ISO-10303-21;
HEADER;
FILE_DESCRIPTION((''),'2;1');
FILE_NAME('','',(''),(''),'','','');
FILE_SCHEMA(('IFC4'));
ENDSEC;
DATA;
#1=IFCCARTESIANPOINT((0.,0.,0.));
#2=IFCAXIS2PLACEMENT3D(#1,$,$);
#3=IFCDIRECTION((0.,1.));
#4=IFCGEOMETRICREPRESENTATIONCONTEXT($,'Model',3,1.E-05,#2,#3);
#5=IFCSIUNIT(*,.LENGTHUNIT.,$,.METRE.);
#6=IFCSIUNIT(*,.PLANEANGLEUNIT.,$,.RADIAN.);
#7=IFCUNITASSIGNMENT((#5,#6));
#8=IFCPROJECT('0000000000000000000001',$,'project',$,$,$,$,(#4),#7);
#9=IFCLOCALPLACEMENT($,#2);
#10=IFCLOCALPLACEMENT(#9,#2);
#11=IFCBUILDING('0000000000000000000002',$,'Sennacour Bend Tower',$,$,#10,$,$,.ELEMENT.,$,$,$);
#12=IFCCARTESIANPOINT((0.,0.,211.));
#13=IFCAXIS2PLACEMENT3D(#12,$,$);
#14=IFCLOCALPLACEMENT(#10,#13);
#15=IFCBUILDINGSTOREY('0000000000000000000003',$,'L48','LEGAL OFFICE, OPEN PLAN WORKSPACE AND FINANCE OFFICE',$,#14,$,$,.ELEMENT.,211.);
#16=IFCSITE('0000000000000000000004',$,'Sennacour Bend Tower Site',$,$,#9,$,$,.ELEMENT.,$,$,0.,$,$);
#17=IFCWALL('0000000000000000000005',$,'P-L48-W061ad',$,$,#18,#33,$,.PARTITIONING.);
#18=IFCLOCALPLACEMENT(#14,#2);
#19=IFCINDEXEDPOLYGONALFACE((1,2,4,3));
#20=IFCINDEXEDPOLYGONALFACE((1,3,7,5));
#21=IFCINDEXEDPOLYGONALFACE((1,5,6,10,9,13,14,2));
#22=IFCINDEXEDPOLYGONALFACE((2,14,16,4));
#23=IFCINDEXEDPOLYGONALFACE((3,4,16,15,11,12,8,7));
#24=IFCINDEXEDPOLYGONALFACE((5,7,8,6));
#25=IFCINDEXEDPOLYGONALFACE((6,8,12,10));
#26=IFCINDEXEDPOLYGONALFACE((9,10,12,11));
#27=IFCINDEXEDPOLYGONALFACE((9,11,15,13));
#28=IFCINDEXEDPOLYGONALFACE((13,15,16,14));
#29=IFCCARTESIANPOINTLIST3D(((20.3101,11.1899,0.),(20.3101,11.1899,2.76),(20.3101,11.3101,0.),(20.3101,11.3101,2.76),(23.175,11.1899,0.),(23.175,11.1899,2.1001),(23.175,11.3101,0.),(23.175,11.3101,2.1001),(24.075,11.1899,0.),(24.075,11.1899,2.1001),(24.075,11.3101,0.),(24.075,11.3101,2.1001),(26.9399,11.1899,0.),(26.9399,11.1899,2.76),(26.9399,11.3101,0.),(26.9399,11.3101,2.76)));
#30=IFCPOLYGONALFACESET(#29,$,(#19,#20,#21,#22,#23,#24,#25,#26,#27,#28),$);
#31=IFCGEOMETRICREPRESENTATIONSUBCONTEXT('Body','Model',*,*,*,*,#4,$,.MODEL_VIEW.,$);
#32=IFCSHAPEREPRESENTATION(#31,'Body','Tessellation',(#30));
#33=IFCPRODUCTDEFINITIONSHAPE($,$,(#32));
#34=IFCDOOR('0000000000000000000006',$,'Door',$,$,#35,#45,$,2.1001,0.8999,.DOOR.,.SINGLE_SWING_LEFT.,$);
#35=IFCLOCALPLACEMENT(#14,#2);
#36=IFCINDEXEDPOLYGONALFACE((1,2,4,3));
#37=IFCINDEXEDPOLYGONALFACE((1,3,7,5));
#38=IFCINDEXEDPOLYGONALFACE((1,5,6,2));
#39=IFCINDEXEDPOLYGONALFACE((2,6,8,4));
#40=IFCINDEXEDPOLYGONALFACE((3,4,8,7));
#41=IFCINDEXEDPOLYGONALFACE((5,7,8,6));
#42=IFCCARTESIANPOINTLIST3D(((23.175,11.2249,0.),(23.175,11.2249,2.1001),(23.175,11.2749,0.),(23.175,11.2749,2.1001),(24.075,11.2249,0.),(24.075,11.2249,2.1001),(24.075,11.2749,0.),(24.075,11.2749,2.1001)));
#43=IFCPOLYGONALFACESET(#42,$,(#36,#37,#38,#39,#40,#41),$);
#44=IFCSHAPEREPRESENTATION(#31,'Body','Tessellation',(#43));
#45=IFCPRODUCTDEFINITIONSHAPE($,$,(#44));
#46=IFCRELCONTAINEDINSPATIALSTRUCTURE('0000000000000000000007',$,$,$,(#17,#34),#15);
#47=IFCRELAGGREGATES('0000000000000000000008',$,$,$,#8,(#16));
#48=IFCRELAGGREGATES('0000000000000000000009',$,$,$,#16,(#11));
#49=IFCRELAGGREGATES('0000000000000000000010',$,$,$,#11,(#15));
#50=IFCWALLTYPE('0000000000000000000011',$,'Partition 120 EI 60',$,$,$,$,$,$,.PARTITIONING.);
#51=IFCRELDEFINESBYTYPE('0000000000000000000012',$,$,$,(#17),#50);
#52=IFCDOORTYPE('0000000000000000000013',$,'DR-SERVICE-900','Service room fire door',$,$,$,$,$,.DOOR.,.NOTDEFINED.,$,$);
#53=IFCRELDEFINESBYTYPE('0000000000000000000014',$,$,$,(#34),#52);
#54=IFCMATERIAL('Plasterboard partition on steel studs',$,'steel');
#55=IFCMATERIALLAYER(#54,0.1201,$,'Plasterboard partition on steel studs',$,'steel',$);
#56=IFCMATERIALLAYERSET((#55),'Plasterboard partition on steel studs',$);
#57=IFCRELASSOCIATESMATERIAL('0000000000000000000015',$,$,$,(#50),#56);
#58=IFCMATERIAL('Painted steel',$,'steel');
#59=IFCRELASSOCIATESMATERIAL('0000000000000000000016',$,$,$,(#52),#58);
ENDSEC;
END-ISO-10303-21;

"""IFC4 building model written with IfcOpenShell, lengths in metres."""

from ifc_helpers import new_model, si_unit, direction, frame, frame_2d, origin, place, context, subcontext, project, spatial, rectangle, extrude, material, layer, layer_set, type_object, element, fill, save


model = new_model("IFC4")

# Units and contexts
model_context = context("Model", 3, precision=1e-05, world=origin(), true_north=direction((0.0, 1.0)))
body_context = subcontext(model_context, "Body", "Model", "MODEL_VIEW")
ifc_project = project(units=[si_unit("LENGTHUNIT", "METRE"), si_unit("PLANEANGLEUNIT", "RADIAN")], contexts=[model_context])

# Site, building, storey
site_placement = place(None, origin())
site = spatial("IfcSite", under=ifc_project, at=site_placement, Name="Sennacour Bend Tower Site", CompositionType="ELEMENT", RefElevation=0.0)
building_placement = place(site_placement, origin())
building = spatial("IfcBuilding", under=site, at=building_placement, Name="Sennacour Bend Tower", CompositionType="ELEMENT")
storey_placement = place(building_placement, frame((0.0, 0.0, 211.0)))
storey = spatial("IfcBuildingStorey", under=building, at=storey_placement, Name="L48", Description="LEGAL OFFICE, OPEN PLAN WORKSPACE AND FINANCE OFFICE", CompositionType="ELEMENT", Elevation=211.0)

# Shared definitions
ifc_material_1 = material(Name="Plasterboard partition on steel studs", Category="steel")

# Wall, opening, door
ifc_layer_1 = layer(ifc_material_1, 0.1201, Name="Plasterboard partition on steel studs", Category="steel")
ifc_layer_set_1 = layer_set([ifc_layer_1], Name="Plasterboard partition on steel studs")
wall_type_1 = type_object("IfcWallType", Name="Partition 120 EI 60", PredefinedType="PARTITIONING", material=ifc_layer_set_1)
wall_1_placement = place(storey_placement, frame((20.3101, 11.25, 0.0), z_axis=(0.0, 0.0, 1.0), x_axis=(1.0, 0.0, 0.0)))
wall_1 = element("IfcWall", 1, at=wall_1_placement, inside=storey, type_object=wall_type_1, Name="P-L48-W061ad", PredefinedType="PARTITIONING", context=body_context, shape_type="SweptSolid", body=[
    extrude(rectangle(XDim=6.6299, YDim=0.1201, at=frame_2d((3.3149, 0.0))), origin(), (0.0, 0.0, 1.0), 2.76),
])
opening_1_placement = place(wall_1_placement, frame((2.865, 0.0, 0.0)))
opening_1 = element("IfcOpeningElement", 2, at=opening_1_placement, cuts=wall_1, PredefinedType="OPENING", context=body_context, shape_type="SweptSolid", body=[
    extrude(rectangle(XDim=0.8999, YDim=2.1001, at=frame_2d((0.45, 1.05))), frame((0.0, 0.0701, 0.0), z_axis=(0.0, -1.0, 0.0), x_axis=(1.0, 0.0, 0.0)), (0.0, 0.0, 1.0), 0.1401),
])
ifc_material_2 = material(Name="Painted steel", Category="steel")
door_type_1 = type_object("IfcDoorType", Name="DR-SERVICE-900", Description="Service room fire door", OperationType="NOTDEFINED", PredefinedType="DOOR", material=ifc_material_2)
door_1_placement = place(opening_1_placement, origin())
door_1 = element("IfcDoor", 3, at=door_1_placement, inside=storey, type_object=door_type_1, Name="Door", OperationType="SINGLE_SWING_LEFT", OverallHeight=2.1001, OverallWidth=0.8999, PredefinedType="DOOR", context=body_context, shape_type="SweptSolid", body=[
    extrude(rectangle(XDim=0.8999, YDim=2.1001, at=frame_2d((0.45, 1.05))), frame((0.0, 0.0249, 0.0), z_axis=(0.0, -1.0, 0.0), x_axis=(1.0, 0.0, 0.0)), (0.0, 0.0, 1.0), 0.05),
])
fill(opening_1, door_1)

save(model, "model.ifc")
